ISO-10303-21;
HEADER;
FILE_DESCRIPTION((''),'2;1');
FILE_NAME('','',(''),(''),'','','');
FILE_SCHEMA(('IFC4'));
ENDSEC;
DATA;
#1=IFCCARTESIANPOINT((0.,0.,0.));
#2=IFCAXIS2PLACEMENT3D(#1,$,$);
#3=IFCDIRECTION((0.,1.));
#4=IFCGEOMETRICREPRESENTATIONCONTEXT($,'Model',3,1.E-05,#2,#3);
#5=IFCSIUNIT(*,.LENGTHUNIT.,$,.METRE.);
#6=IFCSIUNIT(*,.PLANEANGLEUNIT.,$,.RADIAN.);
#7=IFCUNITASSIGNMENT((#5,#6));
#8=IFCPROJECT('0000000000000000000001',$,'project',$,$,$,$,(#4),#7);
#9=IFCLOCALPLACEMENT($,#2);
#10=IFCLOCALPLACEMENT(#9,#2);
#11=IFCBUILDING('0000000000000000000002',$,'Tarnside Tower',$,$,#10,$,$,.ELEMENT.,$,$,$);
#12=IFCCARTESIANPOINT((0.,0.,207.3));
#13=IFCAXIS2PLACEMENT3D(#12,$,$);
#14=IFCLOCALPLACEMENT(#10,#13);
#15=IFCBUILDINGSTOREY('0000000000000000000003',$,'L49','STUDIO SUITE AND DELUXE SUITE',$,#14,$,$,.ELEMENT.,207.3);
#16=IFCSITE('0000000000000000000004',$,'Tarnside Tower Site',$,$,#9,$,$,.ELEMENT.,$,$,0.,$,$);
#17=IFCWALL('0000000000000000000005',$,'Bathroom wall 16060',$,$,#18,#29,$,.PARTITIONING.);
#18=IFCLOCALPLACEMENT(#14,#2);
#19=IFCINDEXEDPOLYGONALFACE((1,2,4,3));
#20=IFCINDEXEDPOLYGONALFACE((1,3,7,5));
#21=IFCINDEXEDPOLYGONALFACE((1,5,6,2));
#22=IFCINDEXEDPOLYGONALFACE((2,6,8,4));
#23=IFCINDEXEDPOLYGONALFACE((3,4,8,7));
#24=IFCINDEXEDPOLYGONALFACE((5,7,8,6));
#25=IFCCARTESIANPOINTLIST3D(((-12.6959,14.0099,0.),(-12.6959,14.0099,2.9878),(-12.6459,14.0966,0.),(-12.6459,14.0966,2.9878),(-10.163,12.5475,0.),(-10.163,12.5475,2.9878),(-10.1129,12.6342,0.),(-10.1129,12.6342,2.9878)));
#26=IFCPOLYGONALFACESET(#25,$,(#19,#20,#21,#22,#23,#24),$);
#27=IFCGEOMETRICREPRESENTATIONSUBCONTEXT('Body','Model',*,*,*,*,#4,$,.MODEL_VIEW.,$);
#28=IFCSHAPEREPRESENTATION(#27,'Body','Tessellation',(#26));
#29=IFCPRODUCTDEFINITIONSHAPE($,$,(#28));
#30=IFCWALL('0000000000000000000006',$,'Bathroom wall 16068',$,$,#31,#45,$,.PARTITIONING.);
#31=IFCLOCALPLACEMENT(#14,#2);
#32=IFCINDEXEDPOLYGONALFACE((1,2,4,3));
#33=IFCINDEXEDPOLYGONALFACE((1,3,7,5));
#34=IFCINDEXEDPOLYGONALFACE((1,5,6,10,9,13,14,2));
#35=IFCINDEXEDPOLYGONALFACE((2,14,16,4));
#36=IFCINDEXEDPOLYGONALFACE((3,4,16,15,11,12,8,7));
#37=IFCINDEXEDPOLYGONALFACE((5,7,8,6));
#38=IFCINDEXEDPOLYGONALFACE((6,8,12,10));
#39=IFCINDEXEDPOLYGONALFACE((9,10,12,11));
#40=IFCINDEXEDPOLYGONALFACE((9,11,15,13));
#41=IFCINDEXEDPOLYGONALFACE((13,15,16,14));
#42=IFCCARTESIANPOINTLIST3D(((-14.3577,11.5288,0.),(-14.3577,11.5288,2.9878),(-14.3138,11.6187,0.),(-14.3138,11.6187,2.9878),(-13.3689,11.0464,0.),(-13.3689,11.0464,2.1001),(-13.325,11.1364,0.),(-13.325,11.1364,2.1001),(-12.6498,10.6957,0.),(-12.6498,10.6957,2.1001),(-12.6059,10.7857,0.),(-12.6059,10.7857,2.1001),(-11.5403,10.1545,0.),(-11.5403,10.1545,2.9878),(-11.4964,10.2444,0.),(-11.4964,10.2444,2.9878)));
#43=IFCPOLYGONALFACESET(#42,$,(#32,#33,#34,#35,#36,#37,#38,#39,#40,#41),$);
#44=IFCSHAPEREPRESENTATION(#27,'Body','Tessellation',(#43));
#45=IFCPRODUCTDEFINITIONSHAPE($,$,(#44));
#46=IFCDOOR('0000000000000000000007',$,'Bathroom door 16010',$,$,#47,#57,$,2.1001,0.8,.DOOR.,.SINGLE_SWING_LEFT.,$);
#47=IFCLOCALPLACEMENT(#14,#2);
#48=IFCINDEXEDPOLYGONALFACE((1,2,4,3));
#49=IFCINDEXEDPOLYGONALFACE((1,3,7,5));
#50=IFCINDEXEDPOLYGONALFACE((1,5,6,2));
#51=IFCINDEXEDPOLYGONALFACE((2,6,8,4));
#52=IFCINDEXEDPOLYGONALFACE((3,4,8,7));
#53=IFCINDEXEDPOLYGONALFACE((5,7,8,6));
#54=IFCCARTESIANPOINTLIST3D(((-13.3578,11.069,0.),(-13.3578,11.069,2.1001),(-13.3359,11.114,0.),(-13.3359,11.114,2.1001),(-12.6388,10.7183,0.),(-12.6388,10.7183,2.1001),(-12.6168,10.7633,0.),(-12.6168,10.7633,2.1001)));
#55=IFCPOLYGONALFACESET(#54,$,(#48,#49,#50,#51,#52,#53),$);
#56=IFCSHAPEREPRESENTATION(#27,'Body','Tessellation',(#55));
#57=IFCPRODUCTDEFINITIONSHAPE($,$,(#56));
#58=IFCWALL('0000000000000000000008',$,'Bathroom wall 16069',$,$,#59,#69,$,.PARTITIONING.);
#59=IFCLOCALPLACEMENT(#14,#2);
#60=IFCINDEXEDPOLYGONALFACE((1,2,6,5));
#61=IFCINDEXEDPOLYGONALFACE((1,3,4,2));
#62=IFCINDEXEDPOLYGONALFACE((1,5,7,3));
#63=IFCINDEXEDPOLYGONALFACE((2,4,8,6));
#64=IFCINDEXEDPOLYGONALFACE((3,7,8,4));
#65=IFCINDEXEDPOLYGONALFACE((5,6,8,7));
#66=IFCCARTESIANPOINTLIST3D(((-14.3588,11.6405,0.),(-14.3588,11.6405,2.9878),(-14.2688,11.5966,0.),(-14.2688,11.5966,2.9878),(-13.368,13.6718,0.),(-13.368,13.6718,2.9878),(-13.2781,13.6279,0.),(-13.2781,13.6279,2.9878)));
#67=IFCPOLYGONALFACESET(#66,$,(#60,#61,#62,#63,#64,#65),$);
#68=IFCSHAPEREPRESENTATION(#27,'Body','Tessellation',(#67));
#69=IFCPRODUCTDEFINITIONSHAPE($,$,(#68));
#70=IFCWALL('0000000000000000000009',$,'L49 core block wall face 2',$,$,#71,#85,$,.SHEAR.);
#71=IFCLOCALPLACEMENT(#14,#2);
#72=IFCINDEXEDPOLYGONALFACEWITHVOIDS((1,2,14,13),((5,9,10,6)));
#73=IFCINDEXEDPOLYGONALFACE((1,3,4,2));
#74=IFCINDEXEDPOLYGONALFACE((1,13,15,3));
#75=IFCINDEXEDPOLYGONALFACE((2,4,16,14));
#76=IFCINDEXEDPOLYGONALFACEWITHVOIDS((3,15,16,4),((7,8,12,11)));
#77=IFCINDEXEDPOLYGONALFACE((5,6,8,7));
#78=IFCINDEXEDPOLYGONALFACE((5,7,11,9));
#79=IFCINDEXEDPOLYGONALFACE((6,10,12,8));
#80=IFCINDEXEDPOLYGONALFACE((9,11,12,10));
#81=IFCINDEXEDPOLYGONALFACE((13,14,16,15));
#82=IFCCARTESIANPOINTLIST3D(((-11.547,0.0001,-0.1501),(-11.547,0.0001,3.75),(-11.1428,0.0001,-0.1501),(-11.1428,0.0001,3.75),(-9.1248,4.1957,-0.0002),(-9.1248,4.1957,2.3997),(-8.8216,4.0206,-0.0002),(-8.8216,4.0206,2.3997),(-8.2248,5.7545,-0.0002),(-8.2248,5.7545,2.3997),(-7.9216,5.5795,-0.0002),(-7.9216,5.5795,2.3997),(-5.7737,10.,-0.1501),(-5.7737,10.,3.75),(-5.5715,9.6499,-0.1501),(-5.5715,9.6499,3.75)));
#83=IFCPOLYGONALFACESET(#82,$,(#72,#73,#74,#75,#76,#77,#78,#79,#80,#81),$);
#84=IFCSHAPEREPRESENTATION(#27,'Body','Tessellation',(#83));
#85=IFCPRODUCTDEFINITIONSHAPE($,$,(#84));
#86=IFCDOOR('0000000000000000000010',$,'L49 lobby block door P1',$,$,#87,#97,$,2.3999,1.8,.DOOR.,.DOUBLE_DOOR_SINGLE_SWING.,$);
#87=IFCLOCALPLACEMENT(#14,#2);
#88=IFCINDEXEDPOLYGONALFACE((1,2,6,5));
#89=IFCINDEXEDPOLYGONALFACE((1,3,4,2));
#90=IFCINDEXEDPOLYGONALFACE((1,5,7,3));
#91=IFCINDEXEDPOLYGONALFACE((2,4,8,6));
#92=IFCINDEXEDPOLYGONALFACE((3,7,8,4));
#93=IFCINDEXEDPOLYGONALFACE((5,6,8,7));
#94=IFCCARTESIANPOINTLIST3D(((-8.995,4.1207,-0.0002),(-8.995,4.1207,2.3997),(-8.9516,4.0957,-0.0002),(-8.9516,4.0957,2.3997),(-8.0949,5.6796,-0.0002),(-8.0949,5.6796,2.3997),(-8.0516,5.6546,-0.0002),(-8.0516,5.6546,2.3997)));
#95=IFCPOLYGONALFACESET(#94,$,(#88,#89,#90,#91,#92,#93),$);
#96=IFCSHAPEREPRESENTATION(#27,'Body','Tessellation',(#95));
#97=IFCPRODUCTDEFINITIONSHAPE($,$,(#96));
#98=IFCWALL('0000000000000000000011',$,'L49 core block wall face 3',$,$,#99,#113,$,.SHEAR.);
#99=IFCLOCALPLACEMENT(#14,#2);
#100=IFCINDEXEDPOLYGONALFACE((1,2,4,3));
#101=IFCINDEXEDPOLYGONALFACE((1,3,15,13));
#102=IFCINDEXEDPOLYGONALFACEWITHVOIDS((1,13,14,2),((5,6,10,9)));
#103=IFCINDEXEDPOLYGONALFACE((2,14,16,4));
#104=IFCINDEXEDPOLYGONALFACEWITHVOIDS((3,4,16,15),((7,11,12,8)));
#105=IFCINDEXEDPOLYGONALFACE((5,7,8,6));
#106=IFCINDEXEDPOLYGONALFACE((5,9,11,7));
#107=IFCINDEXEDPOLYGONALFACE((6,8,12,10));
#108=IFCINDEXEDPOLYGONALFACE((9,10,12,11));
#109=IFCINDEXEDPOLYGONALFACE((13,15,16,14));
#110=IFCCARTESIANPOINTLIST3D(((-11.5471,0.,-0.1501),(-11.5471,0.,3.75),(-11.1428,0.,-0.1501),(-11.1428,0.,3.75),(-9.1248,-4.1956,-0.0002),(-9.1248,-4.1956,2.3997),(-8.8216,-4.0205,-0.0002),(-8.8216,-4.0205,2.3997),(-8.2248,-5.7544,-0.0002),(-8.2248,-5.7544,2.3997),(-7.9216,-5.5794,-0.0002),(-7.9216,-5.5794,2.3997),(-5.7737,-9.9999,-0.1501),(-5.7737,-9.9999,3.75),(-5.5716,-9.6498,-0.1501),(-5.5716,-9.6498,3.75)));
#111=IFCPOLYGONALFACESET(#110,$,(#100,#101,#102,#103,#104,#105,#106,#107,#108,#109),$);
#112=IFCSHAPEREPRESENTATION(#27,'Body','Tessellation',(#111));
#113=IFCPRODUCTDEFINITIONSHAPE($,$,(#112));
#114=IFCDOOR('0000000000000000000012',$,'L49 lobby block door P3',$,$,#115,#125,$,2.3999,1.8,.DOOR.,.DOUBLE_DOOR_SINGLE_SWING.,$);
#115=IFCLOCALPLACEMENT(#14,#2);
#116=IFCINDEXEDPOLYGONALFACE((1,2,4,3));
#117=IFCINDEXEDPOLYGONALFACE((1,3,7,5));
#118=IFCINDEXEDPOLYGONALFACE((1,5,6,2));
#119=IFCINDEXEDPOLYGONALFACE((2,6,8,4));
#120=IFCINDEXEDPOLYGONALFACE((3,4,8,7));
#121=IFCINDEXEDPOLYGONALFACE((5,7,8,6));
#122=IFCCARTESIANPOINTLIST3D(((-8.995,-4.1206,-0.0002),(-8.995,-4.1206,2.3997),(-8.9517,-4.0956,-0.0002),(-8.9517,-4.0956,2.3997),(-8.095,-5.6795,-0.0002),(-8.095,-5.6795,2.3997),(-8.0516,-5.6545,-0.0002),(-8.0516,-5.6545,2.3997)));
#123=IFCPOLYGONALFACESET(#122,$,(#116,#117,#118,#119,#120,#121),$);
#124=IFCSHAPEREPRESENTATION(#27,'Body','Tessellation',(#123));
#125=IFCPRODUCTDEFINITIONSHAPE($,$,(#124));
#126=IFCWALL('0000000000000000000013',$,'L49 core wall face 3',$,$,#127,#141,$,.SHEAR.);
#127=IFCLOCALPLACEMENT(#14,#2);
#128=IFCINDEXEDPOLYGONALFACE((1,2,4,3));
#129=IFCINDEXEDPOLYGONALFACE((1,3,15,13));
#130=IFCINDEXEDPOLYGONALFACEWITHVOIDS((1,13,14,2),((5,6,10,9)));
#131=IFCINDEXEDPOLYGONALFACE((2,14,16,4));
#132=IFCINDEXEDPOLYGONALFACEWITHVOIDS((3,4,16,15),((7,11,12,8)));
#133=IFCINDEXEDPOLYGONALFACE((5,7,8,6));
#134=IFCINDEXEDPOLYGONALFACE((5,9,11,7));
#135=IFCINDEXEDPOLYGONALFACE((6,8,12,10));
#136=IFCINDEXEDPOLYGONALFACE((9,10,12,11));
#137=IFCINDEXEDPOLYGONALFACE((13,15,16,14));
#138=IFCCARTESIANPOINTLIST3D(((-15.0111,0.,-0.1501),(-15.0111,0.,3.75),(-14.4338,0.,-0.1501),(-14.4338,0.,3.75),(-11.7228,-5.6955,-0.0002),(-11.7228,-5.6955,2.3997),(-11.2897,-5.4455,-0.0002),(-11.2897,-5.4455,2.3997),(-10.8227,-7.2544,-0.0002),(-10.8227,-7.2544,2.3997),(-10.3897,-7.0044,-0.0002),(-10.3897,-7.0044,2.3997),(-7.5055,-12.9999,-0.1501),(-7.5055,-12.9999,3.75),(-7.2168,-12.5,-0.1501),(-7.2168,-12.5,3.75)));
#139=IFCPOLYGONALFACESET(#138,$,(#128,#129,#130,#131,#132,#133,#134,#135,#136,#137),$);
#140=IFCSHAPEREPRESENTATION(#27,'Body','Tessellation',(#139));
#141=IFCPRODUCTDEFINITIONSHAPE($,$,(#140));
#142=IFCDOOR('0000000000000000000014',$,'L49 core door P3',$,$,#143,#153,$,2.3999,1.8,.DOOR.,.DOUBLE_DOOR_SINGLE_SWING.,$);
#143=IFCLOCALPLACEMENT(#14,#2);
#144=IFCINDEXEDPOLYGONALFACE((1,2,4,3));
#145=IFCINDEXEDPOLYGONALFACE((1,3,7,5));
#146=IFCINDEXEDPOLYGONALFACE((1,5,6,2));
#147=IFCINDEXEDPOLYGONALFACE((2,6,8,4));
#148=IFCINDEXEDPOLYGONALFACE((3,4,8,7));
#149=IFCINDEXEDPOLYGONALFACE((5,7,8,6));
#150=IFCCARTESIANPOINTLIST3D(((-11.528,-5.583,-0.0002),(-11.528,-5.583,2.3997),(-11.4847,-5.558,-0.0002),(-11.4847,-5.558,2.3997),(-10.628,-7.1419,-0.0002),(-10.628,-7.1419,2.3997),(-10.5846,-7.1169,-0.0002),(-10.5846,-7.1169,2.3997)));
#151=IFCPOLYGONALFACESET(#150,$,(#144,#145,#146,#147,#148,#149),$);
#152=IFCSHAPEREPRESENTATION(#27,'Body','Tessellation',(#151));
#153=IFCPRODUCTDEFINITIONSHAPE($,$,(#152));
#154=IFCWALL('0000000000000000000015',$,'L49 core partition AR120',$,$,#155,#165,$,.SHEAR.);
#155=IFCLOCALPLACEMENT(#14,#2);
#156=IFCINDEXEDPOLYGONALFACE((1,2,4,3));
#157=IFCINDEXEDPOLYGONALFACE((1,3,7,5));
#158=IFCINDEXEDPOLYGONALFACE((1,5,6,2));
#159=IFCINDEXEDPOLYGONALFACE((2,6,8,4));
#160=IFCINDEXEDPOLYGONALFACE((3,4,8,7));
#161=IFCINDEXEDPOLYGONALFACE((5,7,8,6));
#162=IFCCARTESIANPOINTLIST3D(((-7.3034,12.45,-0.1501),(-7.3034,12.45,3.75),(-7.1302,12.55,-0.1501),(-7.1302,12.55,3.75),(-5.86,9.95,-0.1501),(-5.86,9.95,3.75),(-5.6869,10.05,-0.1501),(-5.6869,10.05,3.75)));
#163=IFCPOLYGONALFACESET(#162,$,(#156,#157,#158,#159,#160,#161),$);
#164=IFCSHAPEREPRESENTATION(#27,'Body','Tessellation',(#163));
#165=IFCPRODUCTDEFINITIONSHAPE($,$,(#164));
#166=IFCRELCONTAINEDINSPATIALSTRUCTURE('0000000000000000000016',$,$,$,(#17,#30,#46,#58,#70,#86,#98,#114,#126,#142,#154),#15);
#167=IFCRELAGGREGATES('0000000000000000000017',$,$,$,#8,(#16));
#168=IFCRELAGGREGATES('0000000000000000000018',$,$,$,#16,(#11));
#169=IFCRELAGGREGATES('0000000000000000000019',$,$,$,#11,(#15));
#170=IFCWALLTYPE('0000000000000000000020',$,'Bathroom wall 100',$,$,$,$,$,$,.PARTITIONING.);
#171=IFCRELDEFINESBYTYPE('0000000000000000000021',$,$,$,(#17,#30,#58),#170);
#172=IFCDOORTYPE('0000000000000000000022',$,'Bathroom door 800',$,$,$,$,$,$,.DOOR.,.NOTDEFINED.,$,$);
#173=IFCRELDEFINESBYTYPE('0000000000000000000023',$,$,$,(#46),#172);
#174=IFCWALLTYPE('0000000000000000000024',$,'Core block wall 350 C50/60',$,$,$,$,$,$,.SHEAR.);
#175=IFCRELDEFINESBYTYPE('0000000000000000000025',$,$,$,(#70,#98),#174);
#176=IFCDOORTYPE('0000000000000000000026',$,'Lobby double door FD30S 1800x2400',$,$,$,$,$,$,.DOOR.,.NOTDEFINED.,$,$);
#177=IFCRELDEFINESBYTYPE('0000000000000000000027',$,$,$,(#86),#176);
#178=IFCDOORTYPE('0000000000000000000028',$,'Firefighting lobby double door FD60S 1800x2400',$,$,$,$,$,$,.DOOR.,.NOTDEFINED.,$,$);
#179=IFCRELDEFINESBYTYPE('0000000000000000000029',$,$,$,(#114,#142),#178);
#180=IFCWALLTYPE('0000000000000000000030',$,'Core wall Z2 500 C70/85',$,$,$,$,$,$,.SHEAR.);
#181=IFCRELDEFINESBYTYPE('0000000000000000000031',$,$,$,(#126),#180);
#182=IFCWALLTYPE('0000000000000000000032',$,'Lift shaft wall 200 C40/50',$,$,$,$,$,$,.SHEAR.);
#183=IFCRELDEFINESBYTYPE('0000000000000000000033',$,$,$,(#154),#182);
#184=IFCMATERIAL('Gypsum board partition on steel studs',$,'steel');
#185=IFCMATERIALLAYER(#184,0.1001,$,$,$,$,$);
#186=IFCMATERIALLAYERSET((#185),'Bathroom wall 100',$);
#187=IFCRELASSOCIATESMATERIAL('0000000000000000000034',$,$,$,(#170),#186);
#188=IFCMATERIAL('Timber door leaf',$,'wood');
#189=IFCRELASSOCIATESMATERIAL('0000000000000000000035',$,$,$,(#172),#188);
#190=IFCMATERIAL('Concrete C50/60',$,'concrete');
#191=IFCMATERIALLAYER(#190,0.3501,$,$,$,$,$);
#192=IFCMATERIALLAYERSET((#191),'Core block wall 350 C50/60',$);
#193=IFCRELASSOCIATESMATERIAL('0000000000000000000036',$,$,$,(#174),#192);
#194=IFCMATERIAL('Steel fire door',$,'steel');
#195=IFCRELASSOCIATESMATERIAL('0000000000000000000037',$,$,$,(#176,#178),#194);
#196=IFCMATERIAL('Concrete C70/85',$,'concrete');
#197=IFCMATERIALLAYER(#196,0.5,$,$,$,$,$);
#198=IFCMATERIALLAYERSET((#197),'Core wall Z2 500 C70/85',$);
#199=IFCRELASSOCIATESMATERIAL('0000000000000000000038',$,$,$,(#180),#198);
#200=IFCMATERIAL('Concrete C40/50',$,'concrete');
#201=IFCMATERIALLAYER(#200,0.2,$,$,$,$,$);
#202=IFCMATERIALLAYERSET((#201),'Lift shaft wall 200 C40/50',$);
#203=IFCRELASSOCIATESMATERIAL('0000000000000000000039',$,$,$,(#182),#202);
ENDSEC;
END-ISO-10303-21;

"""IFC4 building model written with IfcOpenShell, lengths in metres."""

from ifc_helpers import new_model, si_unit, direction, frame, frame_2d, origin, place, context, subcontext, project, spatial, polyline, rectangle, outline, extrude, material, layer, layer_set, type_object, element, fill, save


model = new_model("IFC4")

# Units and contexts
model_context = context("Model", 3, precision=1e-05, world=origin(), true_north=direction((0.0, 1.0)))
body_context = subcontext(model_context, "Body", "Model", "MODEL_VIEW")
ifc_project = project(units=[si_unit("LENGTHUNIT", "METRE"), si_unit("PLANEANGLEUNIT", "RADIAN")], contexts=[model_context])

# Site, building, storey
site_placement = place(None, origin())
site = spatial("IfcSite", under=ifc_project, at=site_placement, Name="Tarnside Tower Site", CompositionType="ELEMENT", RefElevation=0.0)
building_placement = place(site_placement, origin())
building = spatial("IfcBuilding", under=site, at=building_placement, Name="Tarnside Tower", CompositionType="ELEMENT")
storey_placement = place(building_placement, frame((0.0, 0.0, 207.3)))
storey = spatial("IfcBuildingStorey", under=building, at=storey_placement, Name="L49", Description="STUDIO SUITE AND DELUXE SUITE", CompositionType="ELEMENT", Elevation=207.3)

# Wall
ifc_material_1 = material(Name="Gypsum board partition on steel studs", Category="steel")
ifc_layer_1 = layer(ifc_material_1, 0.1001)
ifc_layer_set_1 = layer_set([ifc_layer_1], Name="Bathroom wall 100")
wall_type_1 = type_object("IfcWallType", Name="Bathroom wall 100", PredefinedType="PARTITIONING", material=ifc_layer_set_1)
wall_1_placement = place(storey_placement, frame((-10.1379, 12.5908, 0.0), z_axis=(0.0, 0.0, 1.0), x_axis=(-0.866026, 0.499999, 0.0)))
element("IfcWall", 1, at=wall_1_placement, inside=storey, type_object=wall_type_1, Name="Bathroom wall 16060", PredefinedType="PARTITIONING", context=body_context, shape_type="SweptSolid", body=[
    extrude(rectangle(XDim=2.9248, YDim=0.1001, at=frame_2d((1.4624, 0.0))), origin(), (0.0, 0.0, 1.0), 2.9878),
])

# Wall, opening, door
wall_2_placement = place(storey_placement, frame((-11.5183, 10.1995, 0.0), z_axis=(0.0, 0.0, 1.0), x_axis=(-0.898777, 0.438407, 0.0)))
wall_2 = element("IfcWall", 2, at=wall_2_placement, inside=storey, type_object=wall_type_1, Name="Bathroom wall 16068", PredefinedType="PARTITIONING", context=body_context, shape_type="SweptSolid", body=[
    extrude(rectangle(XDim=3.1348, YDim=0.1001, at=frame_2d((1.5674, 0.0))), origin(), (0.0, 0.0, 1.0), 2.9878),
])
opening_1_placement = place(wall_2_placement, frame((1.2346, 0.0, 0.0)))
opening_1 = element("IfcOpeningElement", 3, at=opening_1_placement, cuts=wall_2, PredefinedType="OPENING", context=body_context, shape_type="SweptSolid", body=[
    extrude(rectangle(XDim=0.8, YDim=2.1001, at=frame_2d((0.3999, 1.05))), frame((0.0, 0.0601, 0.0), z_axis=(0.0, -1.0, 0.0), x_axis=(1.0, 0.0, 0.0)), (0.0, 0.0, 1.0), 0.1201),
])
ifc_material_2 = material(Name="Timber door leaf", Category="wood")
door_type_1 = type_object("IfcDoorType", Name="Bathroom door 800", OperationType="NOTDEFINED", PredefinedType="DOOR", material=ifc_material_2)
door_1_placement = place(opening_1_placement, origin())
door_1 = element("IfcDoor", 4, at=door_1_placement, inside=storey, type_object=door_type_1, Name="Bathroom door 16010", OperationType="SINGLE_SWING_LEFT", OverallHeight=2.1001, OverallWidth=0.8, PredefinedType="DOOR", context=body_context, shape_type="SweptSolid", body=[
    extrude(rectangle(XDim=0.8, YDim=2.1001, at=frame_2d((0.3999, 1.05))), frame((0.0, 0.0249, 0.0), z_axis=(0.0, -1.0, 0.0), x_axis=(1.0, 0.0, 0.0)), (0.0, 0.0, 1.0), 0.05),
])
fill(opening_1, door_1)

# Wall
wall_3_placement = place(storey_placement, frame((-14.3137, 11.6187, 0.0), z_axis=(0.0, 0.0, 1.0), x_axis=(0.438377, 0.898791, 0.0)))
element("IfcWall", 5, at=wall_3_placement, inside=storey, type_object=wall_type_1, Name="Bathroom wall 16069", PredefinedType="PARTITIONING", context=body_context, shape_type="SweptSolid", body=[
    extrude(rectangle(XDim=2.26, YDim=0.1001, at=frame_2d((1.1299, 0.0))), origin(), (0.0, 0.0, 1.0), 2.9878),
])

# Walls, openings, doors
ifc_material_3 = material(Name="Concrete C50/60", Category="concrete")
ifc_layer_2 = layer(ifc_material_3, 0.3501)
ifc_layer_set_2 = layer_set([ifc_layer_2], Name="Core block wall 350 C50/60")
wall_type_2 = type_object("IfcWallType", Name="Core block wall 350 C50/60", PredefinedType="SHEAR", material=ifc_layer_set_2)
wall_4_placement = place(storey_placement, frame((-5.6726, 9.825, -0.1501), z_axis=(0.0, 0.0, 1.0), x_axis=(-0.499995, -0.866028, 0.0)))
wall_4 = element("IfcWall", 6, at=wall_4_placement, inside=storey, type_object=wall_type_2, Name="L49 core block wall face 2", PredefinedType="SHEAR", context=body_context, shape_type="SweptSolid", body=[
    extrude(outline(polyline([(-0.1011, -0.175), (11.4458, -0.175), (11.2437, 0.175), (0.1011, 0.175), (-0.1011, -0.175)])), origin(), (0.0, 0.0, 1.0), 3.9001),
])
opening_2_placement = place(wall_4_placement, frame((4.8013, 0.0, 0.1499)))
opening_2 = element("IfcOpeningElement", 7, at=opening_2_placement, cuts=wall_4, PredefinedType="OPENING", context=body_context, shape_type="SweptSolid", body=[
    extrude(rectangle(XDim=1.8, YDim=2.3999, at=frame_2d((0.8999, 1.2))), frame((0.0, 0.1851, 0.0), z_axis=(0.0, -1.0, 0.0), x_axis=(1.0, 0.0, 0.0)), (0.0, 0.0, 1.0), 0.3701),
])
ifc_material_4 = material(Name="Steel fire door", Category="steel")
door_type_2 = type_object("IfcDoorType", Name="Lobby double door FD30S 1800x2400", OperationType="NOTDEFINED", PredefinedType="DOOR", material=ifc_material_4)
door_2_placement = place(opening_2_placement, origin())
door_2 = element("IfcDoor", 8, at=door_2_placement, inside=storey, type_object=door_type_2, Name="L49 lobby block door P1", OperationType="DOUBLE_DOOR_SINGLE_SWING", OverallHeight=2.3999, OverallWidth=1.8, PredefinedType="DOOR", context=body_context, shape_type="SweptSolid", body=[
    extrude(rectangle(XDim=1.8, YDim=2.3999, at=frame_2d((0.8999, 1.2))), frame((0.0, 0.0249, 0.0), z_axis=(0.0, -1.0, 0.0), x_axis=(1.0, 0.0, 0.0)), (0.0, 0.0, 1.0), 0.05),
])
fill(opening_2, door_2)
wall_5_placement = place(storey_placement, frame((-11.345, 0.0, -0.1501), z_axis=(0.0, 0.0, 1.0), x_axis=(0.499995, -0.866028, 0.0)))
wall_5 = element("IfcWall", 9, at=wall_5_placement, inside=storey, type_object=wall_type_2, Name="L49 core block wall face 3", PredefinedType="SHEAR", context=body_context, shape_type="SweptSolid", body=[
    extrude(outline(polyline([(-0.1011, -0.175), (11.4458, -0.175), (11.2437, 0.175), (0.1011, 0.175), (-0.1011, -0.175)])), origin(), (0.0, 0.0, 1.0), 3.9001),
])
opening_3_placement = place(wall_5_placement, frame((4.7437, 0.0, 0.1499)))
opening_3 = element("IfcOpeningElement", 10, at=opening_3_placement, cuts=wall_5, PredefinedType="OPENING", context=body_context, shape_type="SweptSolid", body=[
    extrude(rectangle(XDim=1.8, YDim=2.3999, at=frame_2d((0.8999, 1.2))), frame((0.0, 0.1851, 0.0), z_axis=(0.0, -1.0, 0.0), x_axis=(1.0, 0.0, 0.0)), (0.0, 0.0, 1.0), 0.3701),
])
door_type_3 = type_object("IfcDoorType", Name="Firefighting lobby double door FD60S 1800x2400", OperationType="NOTDEFINED", PredefinedType="DOOR", material=ifc_material_4)
door_3_placement = place(opening_3_placement, origin())
door_3 = element("IfcDoor", 11, at=door_3_placement, inside=storey, type_object=door_type_3, Name="L49 lobby block door P3", OperationType="DOUBLE_DOOR_SINGLE_SWING", OverallHeight=2.3999, OverallWidth=1.8, PredefinedType="DOOR", context=body_context, shape_type="SweptSolid", body=[
    extrude(rectangle(XDim=1.8, YDim=2.3999, at=frame_2d((0.8999, 1.2))), frame((0.0, 0.0249, 0.0), z_axis=(0.0, -1.0, 0.0), x_axis=(1.0, 0.0, 0.0)), (0.0, 0.0, 1.0), 0.05),
])
fill(opening_3, door_3)
ifc_material_5 = material(Name="Concrete C70/85", Category="concrete")
ifc_layer_3 = layer(ifc_material_5, 0.5)
ifc_layer_set_3 = layer_set([ifc_layer_3], Name="Core wall Z2 500 C70/85")
wall_type_3 = type_object("IfcWallType", Name="Core wall Z2 500 C70/85", PredefinedType="SHEAR", material=ifc_layer_set_3)
wall_6_placement = place(storey_placement, frame((-14.7224, 0.0, -0.1501), z_axis=(0.0, 0.0, 1.0), x_axis=(0.500006, -0.866022, 0.0)))
wall_6 = element("IfcWall", 12, at=wall_6_placement, inside=storey, type_object=wall_type_3, Name="L49 core wall face 3", PredefinedType="SHEAR", context=body_context, shape_type="SweptSolid", body=[
    extrude(outline(polyline([(-0.1443, -0.25), (14.8667, -0.25), (14.5781, 0.25), (0.1443, 0.25), (-0.1443, -0.25)])), origin(), (0.0, 0.0, 1.0), 3.9001),
])
opening_4_placement = place(wall_6_placement, frame((6.4324, 0.0, 0.1499)))
opening_4 = element("IfcOpeningElement", 13, at=opening_4_placement, cuts=wall_6, PredefinedType="OPENING", context=body_context, shape_type="SweptSolid", body=[
    extrude(rectangle(XDim=1.8, YDim=2.3999, at=frame_2d((0.8999, 1.2))), frame((0.0, 0.26, 0.0), z_axis=(0.0, -1.0, 0.0), x_axis=(1.0, 0.0, 0.0)), (0.0, 0.0, 1.0), 0.52),
])
door_4_placement = place(opening_4_placement, origin())
door_4 = element("IfcDoor", 14, at=door_4_placement, inside=storey, type_object=door_type_3, Name="L49 core door P3", OperationType="DOUBLE_DOOR_SINGLE_SWING", OverallHeight=2.3999, OverallWidth=1.8, PredefinedType="DOOR", context=body_context, shape_type="SweptSolid", body=[
    extrude(rectangle(XDim=1.8, YDim=2.3999, at=frame_2d((0.8999, 1.2))), frame((0.0, 0.0249, 0.0), z_axis=(0.0, -1.0, 0.0), x_axis=(1.0, 0.0, 0.0)), (0.0, 0.0, 1.0), 0.05),
])
fill(opening_4, door_4)

# Wall
ifc_material_6 = material(Name="Concrete C40/50", Category="concrete")
ifc_layer_4 = layer(ifc_material_6, 0.2)
ifc_layer_set_4 = layer_set([ifc_layer_4], Name="Lift shaft wall 200 C40/50")
wall_type_4 = type_object("IfcWallType", Name="Lift shaft wall 200 C40/50", PredefinedType="SHEAR", material=ifc_layer_set_4)
for number, where, z_axis, x_axis, name in (
    (15, (-5.7734, 10.0, -0.1501), (0.0, 0.0, 1.0), (-0.499996, 0.866028, 0.0), "L49 core partition AR120"),
):
    element("IfcWall", number, at=place(storey_placement, frame(where, z_axis=z_axis, x_axis=x_axis)), inside=storey, type_object=wall_type_4, Name=name, PredefinedType="SHEAR", context=body_context, shape_type="SweptSolid", body=[
        extrude(rectangle(XDim=2.8867, YDim=0.2, at=frame_2d((1.4434, 0.0))), origin(), (0.0, 0.0, 1.0), 3.9001),
    ])

save(model, "model.ifc")
